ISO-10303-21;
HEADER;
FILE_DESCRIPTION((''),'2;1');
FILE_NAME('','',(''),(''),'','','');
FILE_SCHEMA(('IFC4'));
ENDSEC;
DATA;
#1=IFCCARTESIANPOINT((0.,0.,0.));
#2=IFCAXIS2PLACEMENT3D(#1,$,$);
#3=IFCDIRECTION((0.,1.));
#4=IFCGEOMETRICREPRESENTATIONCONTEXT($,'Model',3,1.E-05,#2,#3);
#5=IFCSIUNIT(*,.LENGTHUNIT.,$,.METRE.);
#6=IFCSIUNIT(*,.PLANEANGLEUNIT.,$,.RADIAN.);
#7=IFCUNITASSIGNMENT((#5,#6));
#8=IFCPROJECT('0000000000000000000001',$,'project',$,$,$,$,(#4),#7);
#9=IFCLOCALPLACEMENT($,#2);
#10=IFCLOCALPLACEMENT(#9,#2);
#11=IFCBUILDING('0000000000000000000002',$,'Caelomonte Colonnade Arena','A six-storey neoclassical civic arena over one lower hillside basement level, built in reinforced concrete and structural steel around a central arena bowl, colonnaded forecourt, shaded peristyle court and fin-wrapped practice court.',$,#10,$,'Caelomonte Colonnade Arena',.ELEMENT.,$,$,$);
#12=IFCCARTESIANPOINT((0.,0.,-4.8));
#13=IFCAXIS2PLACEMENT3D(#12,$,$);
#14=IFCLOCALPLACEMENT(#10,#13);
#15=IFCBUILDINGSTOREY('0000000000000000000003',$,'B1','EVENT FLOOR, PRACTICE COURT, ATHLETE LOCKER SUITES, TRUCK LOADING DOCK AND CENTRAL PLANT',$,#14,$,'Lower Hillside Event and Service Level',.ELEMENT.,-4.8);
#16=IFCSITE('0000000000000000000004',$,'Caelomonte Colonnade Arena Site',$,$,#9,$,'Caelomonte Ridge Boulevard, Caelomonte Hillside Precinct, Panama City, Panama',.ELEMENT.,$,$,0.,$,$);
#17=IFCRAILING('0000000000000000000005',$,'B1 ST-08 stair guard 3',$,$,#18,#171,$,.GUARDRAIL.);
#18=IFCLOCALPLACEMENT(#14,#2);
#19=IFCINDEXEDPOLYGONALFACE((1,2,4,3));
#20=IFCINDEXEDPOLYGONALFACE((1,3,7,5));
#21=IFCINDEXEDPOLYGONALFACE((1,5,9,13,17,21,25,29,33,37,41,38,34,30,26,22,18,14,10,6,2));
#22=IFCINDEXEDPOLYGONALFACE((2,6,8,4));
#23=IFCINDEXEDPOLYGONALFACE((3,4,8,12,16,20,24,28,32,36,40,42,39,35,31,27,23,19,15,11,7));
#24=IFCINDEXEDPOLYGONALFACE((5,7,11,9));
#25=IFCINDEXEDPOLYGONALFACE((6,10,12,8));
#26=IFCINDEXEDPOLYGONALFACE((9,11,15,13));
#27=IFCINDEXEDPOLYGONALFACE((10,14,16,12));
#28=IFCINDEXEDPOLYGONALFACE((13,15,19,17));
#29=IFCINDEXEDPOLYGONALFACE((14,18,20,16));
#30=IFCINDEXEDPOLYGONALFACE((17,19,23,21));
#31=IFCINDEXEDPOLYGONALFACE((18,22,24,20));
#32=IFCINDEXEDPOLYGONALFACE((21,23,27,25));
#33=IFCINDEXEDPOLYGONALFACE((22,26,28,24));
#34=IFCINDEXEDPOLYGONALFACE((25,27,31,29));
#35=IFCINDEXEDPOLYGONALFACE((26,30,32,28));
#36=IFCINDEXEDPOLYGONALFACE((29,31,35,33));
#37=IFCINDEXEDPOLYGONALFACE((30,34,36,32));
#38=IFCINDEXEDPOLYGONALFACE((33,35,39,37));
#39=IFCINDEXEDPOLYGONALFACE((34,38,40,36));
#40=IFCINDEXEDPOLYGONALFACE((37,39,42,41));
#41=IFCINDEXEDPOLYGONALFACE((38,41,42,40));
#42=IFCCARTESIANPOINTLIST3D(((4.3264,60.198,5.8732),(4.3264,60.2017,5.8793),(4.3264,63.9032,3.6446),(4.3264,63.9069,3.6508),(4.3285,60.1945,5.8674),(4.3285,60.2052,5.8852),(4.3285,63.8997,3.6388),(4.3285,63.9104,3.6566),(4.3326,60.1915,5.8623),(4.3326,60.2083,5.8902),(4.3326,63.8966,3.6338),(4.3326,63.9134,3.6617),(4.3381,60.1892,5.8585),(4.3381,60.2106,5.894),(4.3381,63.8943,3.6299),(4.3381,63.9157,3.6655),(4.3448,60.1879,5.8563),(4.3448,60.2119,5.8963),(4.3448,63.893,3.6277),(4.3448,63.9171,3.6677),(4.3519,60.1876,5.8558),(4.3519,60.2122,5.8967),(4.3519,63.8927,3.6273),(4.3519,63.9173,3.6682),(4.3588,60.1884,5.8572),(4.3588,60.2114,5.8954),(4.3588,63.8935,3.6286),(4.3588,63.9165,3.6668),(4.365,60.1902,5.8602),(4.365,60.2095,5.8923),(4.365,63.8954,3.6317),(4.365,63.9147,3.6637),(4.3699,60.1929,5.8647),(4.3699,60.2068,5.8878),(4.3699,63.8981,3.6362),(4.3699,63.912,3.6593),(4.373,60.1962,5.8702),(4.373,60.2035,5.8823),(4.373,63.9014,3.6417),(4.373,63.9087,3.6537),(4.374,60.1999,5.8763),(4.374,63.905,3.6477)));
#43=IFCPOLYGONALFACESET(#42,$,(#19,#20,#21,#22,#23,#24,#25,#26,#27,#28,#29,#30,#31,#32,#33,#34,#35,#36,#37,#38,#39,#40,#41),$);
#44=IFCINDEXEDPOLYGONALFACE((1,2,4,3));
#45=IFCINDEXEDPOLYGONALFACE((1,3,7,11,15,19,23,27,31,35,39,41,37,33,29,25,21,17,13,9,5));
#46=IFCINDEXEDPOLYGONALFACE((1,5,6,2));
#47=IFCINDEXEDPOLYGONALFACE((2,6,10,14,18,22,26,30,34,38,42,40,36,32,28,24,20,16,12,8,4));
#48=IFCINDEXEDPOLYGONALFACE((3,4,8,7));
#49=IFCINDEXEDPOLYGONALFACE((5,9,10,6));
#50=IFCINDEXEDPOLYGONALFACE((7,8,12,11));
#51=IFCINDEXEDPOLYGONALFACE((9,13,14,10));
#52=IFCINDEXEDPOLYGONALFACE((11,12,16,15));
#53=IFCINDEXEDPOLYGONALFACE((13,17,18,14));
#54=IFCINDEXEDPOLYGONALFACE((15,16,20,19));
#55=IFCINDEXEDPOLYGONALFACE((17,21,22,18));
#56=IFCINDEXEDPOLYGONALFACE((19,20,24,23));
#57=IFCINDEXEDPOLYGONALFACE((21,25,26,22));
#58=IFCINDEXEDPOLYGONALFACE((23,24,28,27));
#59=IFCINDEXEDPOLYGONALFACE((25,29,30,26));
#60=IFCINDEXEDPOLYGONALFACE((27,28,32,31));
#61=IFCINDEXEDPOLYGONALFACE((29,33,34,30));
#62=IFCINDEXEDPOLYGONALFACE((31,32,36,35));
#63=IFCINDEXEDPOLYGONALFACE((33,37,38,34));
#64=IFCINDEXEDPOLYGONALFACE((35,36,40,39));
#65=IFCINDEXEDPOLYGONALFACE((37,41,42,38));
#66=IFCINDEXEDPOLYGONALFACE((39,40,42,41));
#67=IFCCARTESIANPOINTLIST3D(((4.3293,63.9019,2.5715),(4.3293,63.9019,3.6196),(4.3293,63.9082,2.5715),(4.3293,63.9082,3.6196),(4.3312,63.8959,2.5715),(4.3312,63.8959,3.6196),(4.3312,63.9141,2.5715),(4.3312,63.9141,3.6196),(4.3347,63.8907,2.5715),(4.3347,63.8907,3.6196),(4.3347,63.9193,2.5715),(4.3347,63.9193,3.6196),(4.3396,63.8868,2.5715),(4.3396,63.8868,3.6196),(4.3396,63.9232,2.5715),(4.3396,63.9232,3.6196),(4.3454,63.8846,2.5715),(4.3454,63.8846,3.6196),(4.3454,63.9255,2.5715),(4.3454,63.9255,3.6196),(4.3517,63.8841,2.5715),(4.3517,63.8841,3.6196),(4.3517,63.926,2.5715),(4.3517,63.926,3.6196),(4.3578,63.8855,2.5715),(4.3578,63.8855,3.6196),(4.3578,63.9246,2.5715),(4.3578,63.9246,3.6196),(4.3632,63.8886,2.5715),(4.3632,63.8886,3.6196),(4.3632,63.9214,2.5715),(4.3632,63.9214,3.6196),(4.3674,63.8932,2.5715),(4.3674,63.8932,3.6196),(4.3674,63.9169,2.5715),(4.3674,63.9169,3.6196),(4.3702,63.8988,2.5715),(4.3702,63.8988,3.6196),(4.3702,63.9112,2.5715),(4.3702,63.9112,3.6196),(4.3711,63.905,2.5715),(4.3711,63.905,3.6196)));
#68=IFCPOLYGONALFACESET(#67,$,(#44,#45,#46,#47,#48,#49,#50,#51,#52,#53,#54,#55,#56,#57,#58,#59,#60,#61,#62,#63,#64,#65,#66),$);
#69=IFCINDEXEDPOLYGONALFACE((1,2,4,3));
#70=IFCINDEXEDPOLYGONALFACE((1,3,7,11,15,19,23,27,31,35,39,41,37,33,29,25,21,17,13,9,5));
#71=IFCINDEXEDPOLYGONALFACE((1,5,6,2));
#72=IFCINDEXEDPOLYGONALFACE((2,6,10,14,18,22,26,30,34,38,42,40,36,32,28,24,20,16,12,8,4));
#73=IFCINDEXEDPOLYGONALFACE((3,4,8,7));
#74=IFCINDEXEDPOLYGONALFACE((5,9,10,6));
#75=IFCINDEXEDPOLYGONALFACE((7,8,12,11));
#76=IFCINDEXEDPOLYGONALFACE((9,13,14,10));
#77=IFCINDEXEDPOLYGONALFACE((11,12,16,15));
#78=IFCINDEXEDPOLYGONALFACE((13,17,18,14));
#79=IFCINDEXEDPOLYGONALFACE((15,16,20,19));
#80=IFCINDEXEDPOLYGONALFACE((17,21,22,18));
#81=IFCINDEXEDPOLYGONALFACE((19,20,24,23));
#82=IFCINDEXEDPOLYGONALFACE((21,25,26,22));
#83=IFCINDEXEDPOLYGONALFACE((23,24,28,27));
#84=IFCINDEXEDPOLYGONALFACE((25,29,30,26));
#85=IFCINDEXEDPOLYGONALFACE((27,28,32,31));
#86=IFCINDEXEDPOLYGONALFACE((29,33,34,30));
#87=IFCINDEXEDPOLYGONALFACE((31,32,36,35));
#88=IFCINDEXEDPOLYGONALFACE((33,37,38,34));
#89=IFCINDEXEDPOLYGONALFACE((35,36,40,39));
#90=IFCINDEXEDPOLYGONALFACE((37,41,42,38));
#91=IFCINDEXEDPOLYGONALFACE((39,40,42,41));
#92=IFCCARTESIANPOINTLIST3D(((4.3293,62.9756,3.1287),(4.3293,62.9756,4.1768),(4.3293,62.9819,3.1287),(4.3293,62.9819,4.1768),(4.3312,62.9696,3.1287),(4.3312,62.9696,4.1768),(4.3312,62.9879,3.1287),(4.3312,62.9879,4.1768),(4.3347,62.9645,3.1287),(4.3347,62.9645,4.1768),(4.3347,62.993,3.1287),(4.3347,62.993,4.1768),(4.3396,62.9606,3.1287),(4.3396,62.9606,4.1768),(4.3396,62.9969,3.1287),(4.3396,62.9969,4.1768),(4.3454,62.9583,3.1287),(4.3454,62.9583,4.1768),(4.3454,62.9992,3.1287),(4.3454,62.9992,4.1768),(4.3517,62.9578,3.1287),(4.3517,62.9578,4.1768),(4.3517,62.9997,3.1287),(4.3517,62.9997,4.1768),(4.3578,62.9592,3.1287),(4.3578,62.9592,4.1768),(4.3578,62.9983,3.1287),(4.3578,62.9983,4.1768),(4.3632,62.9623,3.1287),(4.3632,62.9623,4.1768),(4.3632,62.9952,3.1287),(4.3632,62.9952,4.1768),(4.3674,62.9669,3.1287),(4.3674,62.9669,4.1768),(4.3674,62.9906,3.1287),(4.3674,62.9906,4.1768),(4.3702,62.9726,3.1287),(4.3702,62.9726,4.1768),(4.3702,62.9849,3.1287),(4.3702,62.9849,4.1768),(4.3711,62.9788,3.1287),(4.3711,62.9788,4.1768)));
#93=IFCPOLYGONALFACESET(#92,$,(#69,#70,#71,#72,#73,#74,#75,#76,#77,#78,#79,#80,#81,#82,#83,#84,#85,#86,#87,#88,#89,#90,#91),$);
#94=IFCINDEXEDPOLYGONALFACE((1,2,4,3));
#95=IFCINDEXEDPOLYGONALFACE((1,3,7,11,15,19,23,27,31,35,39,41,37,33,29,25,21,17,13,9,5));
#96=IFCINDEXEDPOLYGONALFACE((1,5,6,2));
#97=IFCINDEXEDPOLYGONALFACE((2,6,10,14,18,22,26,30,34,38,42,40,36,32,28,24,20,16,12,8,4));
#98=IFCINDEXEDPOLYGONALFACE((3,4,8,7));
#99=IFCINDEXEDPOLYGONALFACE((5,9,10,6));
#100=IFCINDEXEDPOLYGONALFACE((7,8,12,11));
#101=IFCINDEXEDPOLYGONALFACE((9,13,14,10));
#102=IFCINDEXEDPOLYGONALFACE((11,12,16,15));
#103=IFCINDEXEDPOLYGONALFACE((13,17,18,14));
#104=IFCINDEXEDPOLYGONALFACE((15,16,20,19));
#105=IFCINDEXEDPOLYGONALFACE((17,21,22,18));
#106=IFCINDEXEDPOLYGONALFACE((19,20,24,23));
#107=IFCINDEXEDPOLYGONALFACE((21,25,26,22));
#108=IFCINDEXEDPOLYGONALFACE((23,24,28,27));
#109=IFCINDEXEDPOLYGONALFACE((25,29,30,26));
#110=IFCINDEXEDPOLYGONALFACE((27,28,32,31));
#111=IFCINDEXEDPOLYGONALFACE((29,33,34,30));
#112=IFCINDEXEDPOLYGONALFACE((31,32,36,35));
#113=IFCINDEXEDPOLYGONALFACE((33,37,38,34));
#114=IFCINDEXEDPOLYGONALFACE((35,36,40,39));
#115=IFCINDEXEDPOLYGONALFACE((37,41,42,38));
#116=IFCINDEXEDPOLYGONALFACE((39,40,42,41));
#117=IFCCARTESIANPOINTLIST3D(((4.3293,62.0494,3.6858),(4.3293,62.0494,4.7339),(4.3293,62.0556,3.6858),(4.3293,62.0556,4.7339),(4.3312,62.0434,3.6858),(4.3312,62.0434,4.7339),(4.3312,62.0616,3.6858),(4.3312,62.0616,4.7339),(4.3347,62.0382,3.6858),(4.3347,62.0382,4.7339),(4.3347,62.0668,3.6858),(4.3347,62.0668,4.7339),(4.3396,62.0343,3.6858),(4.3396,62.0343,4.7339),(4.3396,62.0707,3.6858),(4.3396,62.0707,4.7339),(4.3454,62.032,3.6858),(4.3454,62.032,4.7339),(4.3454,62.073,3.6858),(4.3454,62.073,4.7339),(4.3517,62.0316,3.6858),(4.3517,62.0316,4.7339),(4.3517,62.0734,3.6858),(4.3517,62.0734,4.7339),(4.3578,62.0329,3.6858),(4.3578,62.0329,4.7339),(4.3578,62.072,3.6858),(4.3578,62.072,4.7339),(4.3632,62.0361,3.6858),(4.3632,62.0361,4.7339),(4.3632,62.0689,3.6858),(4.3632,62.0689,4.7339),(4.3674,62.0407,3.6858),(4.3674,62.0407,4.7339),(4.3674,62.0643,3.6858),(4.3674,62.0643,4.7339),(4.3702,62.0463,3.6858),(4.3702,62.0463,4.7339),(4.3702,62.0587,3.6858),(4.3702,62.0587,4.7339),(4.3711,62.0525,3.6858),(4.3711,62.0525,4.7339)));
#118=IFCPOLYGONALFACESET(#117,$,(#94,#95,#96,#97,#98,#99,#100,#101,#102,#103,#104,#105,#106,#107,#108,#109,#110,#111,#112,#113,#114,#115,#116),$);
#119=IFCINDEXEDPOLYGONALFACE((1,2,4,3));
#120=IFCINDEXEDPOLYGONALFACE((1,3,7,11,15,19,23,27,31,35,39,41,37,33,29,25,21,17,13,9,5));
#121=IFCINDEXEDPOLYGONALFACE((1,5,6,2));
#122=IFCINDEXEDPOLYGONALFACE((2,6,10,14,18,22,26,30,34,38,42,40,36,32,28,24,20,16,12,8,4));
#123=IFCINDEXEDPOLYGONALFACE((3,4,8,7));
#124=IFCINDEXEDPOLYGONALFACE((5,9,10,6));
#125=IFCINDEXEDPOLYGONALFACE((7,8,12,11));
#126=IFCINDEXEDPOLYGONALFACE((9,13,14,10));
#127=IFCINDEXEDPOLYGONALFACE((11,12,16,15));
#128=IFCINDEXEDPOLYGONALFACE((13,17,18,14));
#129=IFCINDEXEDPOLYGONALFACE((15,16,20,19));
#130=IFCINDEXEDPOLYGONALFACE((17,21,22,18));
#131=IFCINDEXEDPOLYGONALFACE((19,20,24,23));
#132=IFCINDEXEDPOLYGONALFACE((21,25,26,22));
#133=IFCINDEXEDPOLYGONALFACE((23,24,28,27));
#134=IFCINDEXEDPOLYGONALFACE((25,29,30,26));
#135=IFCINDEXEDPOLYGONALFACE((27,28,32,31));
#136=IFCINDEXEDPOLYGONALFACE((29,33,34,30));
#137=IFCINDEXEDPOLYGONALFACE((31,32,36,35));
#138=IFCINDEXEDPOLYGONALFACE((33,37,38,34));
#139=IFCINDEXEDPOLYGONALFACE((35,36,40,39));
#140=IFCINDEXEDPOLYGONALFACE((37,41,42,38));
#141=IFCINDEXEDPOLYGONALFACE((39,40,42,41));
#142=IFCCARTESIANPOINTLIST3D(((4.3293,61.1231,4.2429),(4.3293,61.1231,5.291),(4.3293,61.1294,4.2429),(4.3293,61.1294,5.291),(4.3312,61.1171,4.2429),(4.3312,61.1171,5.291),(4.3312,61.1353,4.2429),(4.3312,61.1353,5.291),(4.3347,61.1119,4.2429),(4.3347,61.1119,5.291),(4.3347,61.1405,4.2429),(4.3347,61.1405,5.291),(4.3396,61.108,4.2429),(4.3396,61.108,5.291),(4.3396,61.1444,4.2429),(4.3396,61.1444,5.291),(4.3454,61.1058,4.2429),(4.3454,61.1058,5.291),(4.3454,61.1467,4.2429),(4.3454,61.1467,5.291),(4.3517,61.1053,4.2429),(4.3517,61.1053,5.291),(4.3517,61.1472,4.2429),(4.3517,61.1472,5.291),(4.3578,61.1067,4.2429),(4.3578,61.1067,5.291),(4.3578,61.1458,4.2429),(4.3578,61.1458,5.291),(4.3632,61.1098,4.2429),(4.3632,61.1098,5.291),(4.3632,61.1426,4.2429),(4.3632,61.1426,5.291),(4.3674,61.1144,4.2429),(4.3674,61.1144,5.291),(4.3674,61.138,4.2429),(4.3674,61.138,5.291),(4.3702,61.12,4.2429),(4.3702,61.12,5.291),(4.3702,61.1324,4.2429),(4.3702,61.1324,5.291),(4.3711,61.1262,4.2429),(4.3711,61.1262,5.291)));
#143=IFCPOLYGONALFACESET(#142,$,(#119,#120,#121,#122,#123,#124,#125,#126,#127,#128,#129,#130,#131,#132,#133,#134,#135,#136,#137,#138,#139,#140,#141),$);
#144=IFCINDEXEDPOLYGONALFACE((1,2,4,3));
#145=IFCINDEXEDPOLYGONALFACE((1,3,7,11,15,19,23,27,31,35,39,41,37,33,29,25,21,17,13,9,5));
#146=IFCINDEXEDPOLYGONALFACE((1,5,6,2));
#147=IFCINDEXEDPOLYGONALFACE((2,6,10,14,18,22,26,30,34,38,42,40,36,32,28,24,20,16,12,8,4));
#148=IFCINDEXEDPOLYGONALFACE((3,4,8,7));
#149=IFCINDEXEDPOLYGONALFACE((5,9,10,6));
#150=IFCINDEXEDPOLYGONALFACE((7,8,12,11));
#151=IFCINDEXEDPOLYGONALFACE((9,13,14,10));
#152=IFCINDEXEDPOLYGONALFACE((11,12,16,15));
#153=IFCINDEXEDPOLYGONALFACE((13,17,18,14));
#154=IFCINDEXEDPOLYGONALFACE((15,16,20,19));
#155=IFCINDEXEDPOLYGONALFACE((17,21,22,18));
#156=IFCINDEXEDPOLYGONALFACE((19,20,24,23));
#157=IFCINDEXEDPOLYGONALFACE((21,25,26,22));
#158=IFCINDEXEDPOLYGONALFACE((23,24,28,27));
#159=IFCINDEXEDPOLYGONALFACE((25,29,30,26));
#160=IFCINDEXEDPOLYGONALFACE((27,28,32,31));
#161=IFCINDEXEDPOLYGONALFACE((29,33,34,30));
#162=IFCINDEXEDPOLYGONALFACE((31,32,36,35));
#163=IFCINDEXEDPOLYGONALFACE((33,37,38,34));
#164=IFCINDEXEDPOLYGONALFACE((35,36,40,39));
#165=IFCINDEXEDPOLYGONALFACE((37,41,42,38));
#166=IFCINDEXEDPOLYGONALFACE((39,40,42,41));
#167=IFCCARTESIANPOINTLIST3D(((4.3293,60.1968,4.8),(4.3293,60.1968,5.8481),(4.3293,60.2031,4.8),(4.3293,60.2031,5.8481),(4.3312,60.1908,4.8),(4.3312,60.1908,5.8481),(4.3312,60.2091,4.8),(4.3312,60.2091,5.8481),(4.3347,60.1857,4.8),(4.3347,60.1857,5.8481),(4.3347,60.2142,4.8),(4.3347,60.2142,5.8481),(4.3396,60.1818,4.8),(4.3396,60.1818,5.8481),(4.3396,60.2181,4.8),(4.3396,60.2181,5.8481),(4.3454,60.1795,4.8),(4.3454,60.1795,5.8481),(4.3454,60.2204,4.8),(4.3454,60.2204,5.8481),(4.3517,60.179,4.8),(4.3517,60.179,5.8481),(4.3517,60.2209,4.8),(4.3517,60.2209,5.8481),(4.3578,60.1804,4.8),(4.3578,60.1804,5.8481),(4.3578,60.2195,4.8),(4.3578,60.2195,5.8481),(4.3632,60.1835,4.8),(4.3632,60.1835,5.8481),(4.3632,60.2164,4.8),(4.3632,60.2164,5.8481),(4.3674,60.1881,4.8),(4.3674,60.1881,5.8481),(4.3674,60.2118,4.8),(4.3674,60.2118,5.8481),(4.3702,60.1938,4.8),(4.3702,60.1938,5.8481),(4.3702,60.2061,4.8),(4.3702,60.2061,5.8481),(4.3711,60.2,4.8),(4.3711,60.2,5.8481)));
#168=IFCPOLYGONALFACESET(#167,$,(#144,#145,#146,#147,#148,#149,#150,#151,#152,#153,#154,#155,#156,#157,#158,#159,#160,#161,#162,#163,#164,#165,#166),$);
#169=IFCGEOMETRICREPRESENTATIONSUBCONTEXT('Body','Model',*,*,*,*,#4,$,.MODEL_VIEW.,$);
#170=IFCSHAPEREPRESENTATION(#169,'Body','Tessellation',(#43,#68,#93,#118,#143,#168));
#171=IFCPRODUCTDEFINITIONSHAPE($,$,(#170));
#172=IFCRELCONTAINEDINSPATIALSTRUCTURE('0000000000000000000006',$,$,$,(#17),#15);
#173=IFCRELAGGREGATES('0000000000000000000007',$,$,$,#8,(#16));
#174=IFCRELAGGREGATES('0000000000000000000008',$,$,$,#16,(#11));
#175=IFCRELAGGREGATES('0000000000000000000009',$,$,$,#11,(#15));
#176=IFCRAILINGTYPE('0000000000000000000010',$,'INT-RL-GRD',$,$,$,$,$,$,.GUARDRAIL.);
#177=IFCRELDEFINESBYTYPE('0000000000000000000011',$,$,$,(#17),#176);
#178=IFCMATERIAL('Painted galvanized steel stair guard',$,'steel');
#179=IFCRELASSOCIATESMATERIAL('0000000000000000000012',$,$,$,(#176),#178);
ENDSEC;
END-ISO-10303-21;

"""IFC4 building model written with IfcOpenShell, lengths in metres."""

from ifc_helpers import new_model, si_unit, direction, frame, origin, origin_2d, place, context, subcontext, project, spatial, circle, extrude, material, type_object, element, save


model = new_model("IFC4")

# Units and contexts
model_context = context("Model", 3, precision=1e-05, world=origin(), true_north=direction((0.0, 1.0)))
body_context = subcontext(model_context, "Body", "Model", "MODEL_VIEW")
ifc_project = project(units=[si_unit("LENGTHUNIT", "METRE"), si_unit("PLANEANGLEUNIT", "RADIAN")], contexts=[model_context])

# Site, building, storey
site_placement = place(None, origin())
site = spatial("IfcSite", under=ifc_project, at=site_placement, Name="Caelomonte Colonnade Arena Site", LongName="Caelomonte Ridge Boulevard, Caelomonte Hillside Precinct, Panama City, Panama", CompositionType="ELEMENT", RefElevation=0.0)
building_placement = place(site_placement, origin())
building = spatial("IfcBuilding", under=site, at=building_placement, Name="Caelomonte Colonnade Arena", Description="A six-storey neoclassical civic arena over one lower hillside basement level, built in reinforced concrete and structural steel around a central arena bowl, colonnaded forecourt, shaded peristyle court and fin-wrapped practice court.", LongName="Caelomonte Colonnade Arena", CompositionType="ELEMENT")
storey_placement = place(building_placement, frame((0.0, 0.0, -4.8)))
storey = spatial("IfcBuildingStorey", under=building, at=storey_placement, Name="B1", Description="EVENT FLOOR, PRACTICE COURT, ATHLETE LOCKER SUITES, TRUCK LOADING DOCK AND CENTRAL PLANT", LongName="Lower Hillside Event and Service Level", CompositionType="ELEMENT", Elevation=-4.8)

# Railing
ifc_material_1 = material(Name="Painted galvanized steel stair guard", Category="steel")
railing_type_1 = type_object("IfcRailingType", Name="INT-RL-GRD", PredefinedType="GUARDRAIL", material=ifc_material_1)
railing_1_placement = place(storey_placement, frame((4.3501, 63.905, 2.5715)))
element("IfcRailing", 1, at=railing_1_placement, inside=storey, type_object=railing_type_1, Name="B1 ST-08 stair guard 3", PredefinedType="GUARDRAIL", context=body_context, shape_type="SweptSolid", body=[
    extrude(circle(Radius=0.0239, at=origin_2d()), frame((0.0, 0.0, 1.0762), z_axis=(0.0, -0.856934, 0.515425), x_axis=(1.0, 0.0, 0.0)), (0.0, 0.0, 1.0), 4.3237),
    extrude(circle(Radius=0.021, at=origin_2d()), origin(), (0.0, 0.0, 1.0), 1.0481),
    extrude(circle(Radius=0.021, at=origin_2d()), frame((0.0, -0.9263, 0.5571)), (0.0, 0.0, 1.0), 1.0481),
    extrude(circle(Radius=0.021, at=origin_2d()), frame((0.0, -1.8525, 1.1143)), (0.0, 0.0, 1.0), 1.0481),
    extrude(circle(Radius=0.021, at=origin_2d()), frame((0.0, -2.7788, 1.6714)), (0.0, 0.0, 1.0), 1.0481),
    extrude(circle(Radius=0.021, at=origin_2d()), frame((0.0, -3.7051, 2.2285)), (0.0, 0.0, 1.0), 1.0481),
])

save(model, "model.ifc")
